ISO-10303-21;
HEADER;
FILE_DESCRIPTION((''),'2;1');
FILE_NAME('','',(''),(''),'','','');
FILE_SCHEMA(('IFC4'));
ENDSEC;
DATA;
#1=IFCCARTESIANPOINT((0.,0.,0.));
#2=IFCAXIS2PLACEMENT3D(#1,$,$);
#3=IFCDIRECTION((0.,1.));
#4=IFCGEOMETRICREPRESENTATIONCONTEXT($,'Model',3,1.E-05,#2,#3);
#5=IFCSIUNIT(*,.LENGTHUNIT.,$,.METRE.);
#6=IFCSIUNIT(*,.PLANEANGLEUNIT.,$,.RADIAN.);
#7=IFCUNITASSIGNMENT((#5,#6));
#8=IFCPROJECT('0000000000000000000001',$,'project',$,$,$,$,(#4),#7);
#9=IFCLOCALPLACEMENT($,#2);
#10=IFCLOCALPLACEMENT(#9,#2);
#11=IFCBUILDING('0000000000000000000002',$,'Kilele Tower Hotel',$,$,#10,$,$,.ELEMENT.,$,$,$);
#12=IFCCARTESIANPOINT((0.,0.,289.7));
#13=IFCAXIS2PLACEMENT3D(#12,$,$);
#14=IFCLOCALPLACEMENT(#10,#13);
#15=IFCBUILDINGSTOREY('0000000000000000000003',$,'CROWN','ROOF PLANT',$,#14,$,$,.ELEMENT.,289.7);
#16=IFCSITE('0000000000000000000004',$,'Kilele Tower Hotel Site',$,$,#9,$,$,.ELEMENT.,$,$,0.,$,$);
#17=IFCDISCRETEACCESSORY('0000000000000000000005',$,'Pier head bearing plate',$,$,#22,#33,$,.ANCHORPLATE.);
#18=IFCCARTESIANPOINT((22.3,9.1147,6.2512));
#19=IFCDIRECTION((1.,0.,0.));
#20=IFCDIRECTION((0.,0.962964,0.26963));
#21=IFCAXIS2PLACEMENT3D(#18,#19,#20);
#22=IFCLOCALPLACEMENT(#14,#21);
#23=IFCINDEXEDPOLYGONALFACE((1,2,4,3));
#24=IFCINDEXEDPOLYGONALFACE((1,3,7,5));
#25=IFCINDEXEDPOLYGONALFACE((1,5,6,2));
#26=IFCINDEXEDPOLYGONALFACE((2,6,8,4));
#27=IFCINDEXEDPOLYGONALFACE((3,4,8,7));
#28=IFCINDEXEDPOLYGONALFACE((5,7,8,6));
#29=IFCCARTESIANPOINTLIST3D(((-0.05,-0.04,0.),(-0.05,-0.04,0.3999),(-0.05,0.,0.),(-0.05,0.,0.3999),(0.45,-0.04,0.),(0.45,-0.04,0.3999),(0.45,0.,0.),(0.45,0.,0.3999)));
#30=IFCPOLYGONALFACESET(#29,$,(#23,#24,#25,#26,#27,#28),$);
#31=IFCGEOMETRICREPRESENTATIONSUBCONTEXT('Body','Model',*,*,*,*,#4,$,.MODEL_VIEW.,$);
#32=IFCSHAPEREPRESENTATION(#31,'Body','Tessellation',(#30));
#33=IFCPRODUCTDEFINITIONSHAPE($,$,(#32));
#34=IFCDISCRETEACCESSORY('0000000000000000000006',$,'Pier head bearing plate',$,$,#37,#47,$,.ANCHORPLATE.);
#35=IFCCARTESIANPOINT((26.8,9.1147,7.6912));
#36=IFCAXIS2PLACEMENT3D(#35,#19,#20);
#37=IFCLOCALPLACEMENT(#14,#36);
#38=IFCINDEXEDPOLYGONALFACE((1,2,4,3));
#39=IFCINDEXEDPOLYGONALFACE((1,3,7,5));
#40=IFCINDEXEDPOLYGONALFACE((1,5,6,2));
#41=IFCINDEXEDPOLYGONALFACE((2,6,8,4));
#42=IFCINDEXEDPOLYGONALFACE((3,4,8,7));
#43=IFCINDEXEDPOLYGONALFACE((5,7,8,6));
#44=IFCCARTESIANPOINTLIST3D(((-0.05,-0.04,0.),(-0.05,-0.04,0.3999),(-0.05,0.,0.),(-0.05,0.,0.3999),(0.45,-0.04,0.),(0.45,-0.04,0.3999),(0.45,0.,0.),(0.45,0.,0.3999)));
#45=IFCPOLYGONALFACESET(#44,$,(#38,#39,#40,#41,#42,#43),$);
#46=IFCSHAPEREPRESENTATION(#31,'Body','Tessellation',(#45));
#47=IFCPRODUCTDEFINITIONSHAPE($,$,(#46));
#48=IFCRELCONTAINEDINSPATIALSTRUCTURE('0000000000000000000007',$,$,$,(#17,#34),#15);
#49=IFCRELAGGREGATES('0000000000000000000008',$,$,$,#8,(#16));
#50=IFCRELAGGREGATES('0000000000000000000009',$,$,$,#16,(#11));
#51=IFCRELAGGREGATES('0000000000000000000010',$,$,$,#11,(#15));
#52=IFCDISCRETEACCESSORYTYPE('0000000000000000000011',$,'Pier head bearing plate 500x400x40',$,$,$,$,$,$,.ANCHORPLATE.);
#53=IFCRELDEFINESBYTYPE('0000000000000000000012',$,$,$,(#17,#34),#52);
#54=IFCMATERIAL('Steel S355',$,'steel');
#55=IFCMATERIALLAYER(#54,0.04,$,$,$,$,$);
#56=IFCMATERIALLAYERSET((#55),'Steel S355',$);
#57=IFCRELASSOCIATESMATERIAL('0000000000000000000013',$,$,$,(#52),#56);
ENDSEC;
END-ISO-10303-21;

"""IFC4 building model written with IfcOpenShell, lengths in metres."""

from ifc_helpers import new_model, si_unit, direction, frame, origin, place, context, subcontext, project, spatial, polyline, outline, extrude, source, transform, mapped, material, layer, layer_set, type_object, element, save


model = new_model("IFC4")

# Units and contexts
model_context = context("Model", 3, precision=1e-05, world=origin(), true_north=direction((0.0, 1.0)))
body_context = subcontext(model_context, "Body", "Model", "MODEL_VIEW")
ifc_project = project(units=[si_unit("LENGTHUNIT", "METRE"), si_unit("PLANEANGLEUNIT", "RADIAN")], contexts=[model_context])

# Site, building, storey
site_placement = place(None, origin())
site = spatial("IfcSite", under=ifc_project, at=site_placement, Name="Kilele Tower Hotel Site", CompositionType="ELEMENT", RefElevation=0.0)
building_placement = place(site_placement, origin())
building = spatial("IfcBuilding", under=site, at=building_placement, Name="Kilele Tower Hotel", CompositionType="ELEMENT")
storey_placement = place(building_placement, frame((0.0, 0.0, 289.7)))
storey = spatial("IfcBuildingStorey", under=building, at=storey_placement, Name="CROWN", Description="ROOF PLANT", CompositionType="ELEMENT", Elevation=289.7)

# Discrete accessories
ifc_material_1 = material(Name="Steel S355", Category="steel")
ifc_layer_1 = layer(ifc_material_1, 0.04)
ifc_layer_set_1 = layer_set([ifc_layer_1], Name="Steel S355")
discrete_accessory_type_1 = type_object("IfcDiscreteAccessoryType", Name="Pier head bearing plate 500x400x40", PredefinedType="ANCHORPLATE", material=ifc_layer_set_1)
shared_shape_1 = source(origin(), body_context, "Body", "SweptSolid", [
    extrude(outline(polyline([(-0.05, -0.04), (0.45, -0.04), (0.45, 0.0), (-0.05, 0.0), (-0.05, -0.04)])), origin(), (0.0, 0.0, 1.0), 0.3999),
])
for number, where, z_axis, x_axis, name in (
    (1, (22.3, 9.1147, 6.2512), (1.0, 0.0, 0.0), (0.0, 0.962964, 0.26963), "Pier head bearing plate"),
    (2, (26.8, 9.1147, 7.6912), (1.0, 0.0, 0.0), (0.0, 0.962964, 0.26963), "Pier head bearing plate"),
):
    element("IfcDiscreteAccessory", number, at=place(storey_placement, frame(where, z_axis=z_axis, x_axis=x_axis)), inside=storey, type_object=discrete_accessory_type_1, Name=name, PredefinedType="ANCHORPLATE", context=body_context, shape_type="MappedRepresentation", body=[
        mapped(shared_shape_1, transform((0.0, 0.0, 0.0))),
    ])

save(model, "model.ifc")
